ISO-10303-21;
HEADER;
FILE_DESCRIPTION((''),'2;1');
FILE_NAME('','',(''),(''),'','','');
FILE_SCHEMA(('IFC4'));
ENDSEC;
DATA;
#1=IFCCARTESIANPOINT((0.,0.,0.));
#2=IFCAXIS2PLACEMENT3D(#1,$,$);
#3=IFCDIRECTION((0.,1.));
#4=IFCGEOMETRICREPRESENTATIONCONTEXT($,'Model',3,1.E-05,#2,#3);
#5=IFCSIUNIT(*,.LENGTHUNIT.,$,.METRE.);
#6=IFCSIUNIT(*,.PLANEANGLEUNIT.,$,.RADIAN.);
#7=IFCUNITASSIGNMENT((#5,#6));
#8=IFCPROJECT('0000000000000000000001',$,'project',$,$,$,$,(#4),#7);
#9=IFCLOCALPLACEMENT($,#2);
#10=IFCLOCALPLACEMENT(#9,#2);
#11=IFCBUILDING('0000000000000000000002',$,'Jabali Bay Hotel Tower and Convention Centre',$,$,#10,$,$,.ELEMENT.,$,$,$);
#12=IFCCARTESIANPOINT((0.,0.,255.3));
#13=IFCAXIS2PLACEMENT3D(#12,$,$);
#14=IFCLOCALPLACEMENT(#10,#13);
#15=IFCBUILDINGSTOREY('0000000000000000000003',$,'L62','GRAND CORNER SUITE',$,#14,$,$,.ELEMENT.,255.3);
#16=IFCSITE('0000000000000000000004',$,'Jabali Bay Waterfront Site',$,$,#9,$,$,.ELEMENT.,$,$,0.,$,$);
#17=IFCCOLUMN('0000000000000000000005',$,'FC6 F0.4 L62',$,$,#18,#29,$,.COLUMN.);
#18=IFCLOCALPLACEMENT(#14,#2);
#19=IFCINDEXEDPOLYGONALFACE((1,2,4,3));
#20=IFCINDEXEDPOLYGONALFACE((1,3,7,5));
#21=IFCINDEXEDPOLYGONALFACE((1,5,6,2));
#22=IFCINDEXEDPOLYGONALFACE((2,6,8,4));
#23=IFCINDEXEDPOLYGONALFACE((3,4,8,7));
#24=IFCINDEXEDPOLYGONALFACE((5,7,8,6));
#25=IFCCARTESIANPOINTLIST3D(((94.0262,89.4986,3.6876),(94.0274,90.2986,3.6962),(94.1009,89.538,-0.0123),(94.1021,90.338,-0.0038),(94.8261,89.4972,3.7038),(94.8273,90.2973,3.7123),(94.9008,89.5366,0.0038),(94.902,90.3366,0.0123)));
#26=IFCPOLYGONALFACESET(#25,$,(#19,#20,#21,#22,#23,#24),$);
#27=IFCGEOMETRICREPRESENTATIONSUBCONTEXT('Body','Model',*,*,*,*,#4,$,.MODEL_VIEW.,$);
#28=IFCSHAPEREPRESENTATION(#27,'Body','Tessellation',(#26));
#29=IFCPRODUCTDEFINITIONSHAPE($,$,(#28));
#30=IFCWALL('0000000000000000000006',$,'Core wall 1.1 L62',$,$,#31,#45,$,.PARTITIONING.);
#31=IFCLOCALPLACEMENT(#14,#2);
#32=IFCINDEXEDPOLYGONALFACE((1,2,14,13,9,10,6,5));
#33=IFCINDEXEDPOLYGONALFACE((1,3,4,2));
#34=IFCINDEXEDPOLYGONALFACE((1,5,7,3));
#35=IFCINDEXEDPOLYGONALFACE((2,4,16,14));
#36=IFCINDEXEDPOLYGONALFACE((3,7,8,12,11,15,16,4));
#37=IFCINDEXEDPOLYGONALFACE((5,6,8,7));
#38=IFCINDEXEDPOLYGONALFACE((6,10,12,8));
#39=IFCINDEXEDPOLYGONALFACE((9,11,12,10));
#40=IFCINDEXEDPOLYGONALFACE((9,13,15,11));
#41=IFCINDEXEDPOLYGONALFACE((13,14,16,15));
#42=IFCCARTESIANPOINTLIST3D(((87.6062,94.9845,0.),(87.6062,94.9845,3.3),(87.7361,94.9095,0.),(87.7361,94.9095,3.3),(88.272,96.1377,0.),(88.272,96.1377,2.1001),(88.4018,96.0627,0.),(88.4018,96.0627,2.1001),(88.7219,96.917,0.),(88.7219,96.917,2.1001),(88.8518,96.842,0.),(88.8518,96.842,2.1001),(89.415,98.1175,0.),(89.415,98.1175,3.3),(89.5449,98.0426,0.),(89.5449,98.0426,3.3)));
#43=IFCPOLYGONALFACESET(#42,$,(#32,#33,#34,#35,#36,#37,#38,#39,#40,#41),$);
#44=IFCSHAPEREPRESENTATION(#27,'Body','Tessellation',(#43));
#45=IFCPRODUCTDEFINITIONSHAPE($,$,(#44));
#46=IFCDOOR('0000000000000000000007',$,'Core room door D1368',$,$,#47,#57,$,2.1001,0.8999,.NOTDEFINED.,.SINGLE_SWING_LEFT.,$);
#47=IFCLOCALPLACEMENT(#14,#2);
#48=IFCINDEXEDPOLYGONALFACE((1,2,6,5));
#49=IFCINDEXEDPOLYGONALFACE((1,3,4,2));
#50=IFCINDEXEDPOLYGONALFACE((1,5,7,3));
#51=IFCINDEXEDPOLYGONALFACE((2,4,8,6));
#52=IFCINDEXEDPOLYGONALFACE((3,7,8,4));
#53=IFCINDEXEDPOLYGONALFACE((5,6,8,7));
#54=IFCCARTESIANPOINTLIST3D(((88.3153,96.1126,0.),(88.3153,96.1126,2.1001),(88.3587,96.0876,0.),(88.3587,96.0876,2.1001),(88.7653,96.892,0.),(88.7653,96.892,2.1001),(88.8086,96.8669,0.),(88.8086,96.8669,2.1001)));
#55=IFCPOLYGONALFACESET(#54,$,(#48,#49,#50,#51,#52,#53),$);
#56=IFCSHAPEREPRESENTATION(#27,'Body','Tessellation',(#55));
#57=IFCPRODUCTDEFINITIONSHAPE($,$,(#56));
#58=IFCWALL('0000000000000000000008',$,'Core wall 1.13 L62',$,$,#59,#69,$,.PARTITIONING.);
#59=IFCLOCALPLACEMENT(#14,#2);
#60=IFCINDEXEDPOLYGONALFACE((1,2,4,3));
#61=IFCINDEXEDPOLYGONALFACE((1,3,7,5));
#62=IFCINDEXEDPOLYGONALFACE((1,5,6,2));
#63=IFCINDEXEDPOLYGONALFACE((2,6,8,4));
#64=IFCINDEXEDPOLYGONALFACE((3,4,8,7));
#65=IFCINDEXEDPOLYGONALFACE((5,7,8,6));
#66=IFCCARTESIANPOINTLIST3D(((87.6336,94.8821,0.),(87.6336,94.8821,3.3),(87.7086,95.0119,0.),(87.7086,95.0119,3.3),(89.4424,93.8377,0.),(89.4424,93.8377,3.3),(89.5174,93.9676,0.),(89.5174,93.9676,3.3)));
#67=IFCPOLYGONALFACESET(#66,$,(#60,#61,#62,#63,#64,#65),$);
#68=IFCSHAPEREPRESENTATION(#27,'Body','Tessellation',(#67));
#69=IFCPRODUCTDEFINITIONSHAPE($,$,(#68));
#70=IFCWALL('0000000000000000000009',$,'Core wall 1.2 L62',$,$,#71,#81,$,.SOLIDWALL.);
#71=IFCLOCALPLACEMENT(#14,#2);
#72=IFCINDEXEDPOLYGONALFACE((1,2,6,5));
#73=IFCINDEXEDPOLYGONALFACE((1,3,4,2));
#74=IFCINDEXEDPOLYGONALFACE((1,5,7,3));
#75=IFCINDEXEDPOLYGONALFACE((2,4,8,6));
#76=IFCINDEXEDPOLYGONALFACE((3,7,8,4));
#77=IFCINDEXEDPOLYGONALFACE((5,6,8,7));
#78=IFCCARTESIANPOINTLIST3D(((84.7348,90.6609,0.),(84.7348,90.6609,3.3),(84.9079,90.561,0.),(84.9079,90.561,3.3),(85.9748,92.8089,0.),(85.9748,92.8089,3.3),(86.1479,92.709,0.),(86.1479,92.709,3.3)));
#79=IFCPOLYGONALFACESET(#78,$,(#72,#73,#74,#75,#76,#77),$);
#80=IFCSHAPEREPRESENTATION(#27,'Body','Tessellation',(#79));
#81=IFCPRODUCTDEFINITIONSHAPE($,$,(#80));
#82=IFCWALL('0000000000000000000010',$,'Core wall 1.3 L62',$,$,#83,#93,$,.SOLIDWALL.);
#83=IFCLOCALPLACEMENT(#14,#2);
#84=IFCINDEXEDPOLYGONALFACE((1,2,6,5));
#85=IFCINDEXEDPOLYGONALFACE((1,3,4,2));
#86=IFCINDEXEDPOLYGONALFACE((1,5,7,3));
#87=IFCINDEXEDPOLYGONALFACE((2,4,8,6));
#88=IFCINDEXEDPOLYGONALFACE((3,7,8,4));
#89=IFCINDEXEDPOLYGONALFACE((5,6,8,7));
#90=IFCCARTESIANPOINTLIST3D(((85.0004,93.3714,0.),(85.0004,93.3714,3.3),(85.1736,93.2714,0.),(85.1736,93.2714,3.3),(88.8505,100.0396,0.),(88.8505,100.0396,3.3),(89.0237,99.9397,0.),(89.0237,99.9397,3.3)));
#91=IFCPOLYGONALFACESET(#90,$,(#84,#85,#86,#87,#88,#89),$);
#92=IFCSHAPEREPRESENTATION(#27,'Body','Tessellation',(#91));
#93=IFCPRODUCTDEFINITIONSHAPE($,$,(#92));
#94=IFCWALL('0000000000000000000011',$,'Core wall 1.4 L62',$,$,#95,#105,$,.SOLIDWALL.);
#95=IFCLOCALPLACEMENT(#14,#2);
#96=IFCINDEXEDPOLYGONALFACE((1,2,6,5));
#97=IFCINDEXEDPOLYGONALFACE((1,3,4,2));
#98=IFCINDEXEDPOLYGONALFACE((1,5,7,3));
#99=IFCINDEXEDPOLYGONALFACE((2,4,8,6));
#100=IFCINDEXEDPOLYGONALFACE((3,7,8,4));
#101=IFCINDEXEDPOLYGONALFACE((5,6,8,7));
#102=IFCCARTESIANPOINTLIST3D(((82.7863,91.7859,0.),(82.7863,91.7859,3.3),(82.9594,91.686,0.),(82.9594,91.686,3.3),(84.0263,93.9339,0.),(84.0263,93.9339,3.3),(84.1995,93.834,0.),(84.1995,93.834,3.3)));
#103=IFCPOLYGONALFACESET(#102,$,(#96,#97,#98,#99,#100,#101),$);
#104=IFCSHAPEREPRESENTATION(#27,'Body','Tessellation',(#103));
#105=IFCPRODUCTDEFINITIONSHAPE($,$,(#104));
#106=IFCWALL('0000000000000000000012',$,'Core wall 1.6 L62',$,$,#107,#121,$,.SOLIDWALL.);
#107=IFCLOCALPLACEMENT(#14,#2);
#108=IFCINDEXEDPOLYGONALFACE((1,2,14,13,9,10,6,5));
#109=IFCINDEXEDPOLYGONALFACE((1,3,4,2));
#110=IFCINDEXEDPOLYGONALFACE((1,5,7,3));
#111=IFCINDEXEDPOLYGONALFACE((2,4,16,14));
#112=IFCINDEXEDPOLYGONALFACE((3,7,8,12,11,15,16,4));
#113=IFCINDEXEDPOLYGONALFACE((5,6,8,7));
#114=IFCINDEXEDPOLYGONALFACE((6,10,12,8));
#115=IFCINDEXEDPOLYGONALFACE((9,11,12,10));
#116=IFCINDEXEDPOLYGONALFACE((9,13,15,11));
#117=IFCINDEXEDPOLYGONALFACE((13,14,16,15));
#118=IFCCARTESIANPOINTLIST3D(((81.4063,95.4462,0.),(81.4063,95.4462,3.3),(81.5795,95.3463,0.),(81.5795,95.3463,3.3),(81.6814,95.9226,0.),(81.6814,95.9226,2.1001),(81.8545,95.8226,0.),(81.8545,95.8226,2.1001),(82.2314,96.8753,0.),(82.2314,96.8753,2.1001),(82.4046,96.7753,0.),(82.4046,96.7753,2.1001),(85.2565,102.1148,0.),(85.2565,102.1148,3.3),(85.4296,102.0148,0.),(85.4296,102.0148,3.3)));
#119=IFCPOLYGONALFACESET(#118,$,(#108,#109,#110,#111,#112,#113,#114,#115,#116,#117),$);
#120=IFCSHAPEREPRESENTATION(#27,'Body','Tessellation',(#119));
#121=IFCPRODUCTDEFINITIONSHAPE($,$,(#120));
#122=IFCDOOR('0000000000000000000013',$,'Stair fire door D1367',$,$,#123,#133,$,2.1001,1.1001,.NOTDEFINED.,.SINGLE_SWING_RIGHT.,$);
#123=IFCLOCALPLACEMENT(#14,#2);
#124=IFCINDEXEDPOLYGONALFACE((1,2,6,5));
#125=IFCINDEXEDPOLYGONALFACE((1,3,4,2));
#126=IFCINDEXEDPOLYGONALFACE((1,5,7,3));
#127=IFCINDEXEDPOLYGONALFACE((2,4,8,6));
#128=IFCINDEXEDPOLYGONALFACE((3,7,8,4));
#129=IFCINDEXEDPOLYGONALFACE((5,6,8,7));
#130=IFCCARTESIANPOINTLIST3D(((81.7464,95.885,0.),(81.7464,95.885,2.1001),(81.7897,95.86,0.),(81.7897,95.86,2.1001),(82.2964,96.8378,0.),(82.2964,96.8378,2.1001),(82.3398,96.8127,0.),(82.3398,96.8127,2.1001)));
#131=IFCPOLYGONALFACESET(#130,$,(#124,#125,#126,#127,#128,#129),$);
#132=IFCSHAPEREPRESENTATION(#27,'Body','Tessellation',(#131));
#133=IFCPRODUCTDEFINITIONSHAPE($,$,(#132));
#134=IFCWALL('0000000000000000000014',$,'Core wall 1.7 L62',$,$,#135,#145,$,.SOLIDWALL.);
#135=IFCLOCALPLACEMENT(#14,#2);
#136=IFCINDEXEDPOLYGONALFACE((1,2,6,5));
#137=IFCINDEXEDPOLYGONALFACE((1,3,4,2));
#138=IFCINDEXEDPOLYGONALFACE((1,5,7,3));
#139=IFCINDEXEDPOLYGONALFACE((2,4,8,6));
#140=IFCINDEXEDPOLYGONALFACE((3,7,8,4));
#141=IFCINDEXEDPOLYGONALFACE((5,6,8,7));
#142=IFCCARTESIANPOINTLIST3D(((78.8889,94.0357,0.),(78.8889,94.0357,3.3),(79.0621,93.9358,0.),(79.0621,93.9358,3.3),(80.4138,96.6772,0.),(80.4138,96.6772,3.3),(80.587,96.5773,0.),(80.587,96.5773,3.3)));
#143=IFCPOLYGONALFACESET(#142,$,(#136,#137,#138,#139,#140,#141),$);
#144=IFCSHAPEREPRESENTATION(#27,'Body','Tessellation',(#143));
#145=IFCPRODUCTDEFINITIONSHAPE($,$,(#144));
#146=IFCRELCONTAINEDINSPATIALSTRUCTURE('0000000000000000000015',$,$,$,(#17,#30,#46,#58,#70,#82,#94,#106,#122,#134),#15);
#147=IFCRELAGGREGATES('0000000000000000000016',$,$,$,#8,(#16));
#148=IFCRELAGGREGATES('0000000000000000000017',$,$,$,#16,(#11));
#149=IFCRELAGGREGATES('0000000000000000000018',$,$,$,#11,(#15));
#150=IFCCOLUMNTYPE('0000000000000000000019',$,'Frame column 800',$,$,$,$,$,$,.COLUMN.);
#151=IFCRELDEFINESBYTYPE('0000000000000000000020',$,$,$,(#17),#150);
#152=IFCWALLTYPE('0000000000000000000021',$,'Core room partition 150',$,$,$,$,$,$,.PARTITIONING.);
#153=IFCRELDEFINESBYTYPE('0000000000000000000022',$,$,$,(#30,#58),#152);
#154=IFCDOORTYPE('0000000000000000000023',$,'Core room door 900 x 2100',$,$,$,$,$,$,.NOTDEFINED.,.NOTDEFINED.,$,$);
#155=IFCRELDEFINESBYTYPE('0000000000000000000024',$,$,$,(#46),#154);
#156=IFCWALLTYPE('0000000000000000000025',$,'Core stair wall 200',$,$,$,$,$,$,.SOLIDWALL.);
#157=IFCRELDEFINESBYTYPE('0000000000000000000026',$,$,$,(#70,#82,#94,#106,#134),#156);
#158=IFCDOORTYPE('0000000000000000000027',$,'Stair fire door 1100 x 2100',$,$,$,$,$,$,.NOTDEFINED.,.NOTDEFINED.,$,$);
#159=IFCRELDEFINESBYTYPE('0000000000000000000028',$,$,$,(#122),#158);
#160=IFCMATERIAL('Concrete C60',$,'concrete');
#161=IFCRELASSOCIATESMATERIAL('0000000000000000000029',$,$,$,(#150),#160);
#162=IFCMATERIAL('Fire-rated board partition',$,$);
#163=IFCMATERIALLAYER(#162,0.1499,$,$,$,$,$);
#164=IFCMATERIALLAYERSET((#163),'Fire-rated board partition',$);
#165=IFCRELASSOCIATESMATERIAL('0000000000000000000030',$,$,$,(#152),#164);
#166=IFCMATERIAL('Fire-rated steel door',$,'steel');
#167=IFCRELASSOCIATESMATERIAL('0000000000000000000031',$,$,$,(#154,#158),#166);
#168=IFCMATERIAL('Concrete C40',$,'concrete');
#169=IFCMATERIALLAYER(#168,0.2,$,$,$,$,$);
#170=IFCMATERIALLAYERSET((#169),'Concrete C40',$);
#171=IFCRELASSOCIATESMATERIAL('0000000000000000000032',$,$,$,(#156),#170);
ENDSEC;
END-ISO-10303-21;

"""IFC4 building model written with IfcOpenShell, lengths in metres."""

from ifc_helpers import new_model, si_unit, direction, frame, frame_2d, origin, origin_2d, place, context, subcontext, project, spatial, rectangle, extrude, material, layer, layer_set, material_profile, profile_set, type_object, element, fill, save


model = new_model("IFC4")

# Units and contexts
model_context = context("Model", 3, precision=1e-05, world=origin(), true_north=direction((0.0, 1.0)))
body_context = subcontext(model_context, "Body", "Model", "MODEL_VIEW")
ifc_project = project(units=[si_unit("LENGTHUNIT", "METRE"), si_unit("PLANEANGLEUNIT", "RADIAN")], contexts=[model_context])

# Site, building, storey
site_placement = place(None, origin())
site = spatial("IfcSite", under=ifc_project, at=site_placement, Name="Jabali Bay Waterfront Site", CompositionType="ELEMENT", RefElevation=0.0)
building_placement = place(site_placement, origin())
building = spatial("IfcBuilding", under=site, at=building_placement, Name="Jabali Bay Hotel Tower and Convention Centre", CompositionType="ELEMENT")
storey_placement = place(building_placement, frame((0.0, 0.0, 255.3)))
storey = spatial("IfcBuildingStorey", under=building, at=storey_placement, Name="L62", Description="GRAND CORNER SUITE", CompositionType="ELEMENT", Elevation=255.3)

# Column
ifc_material_1 = material(Name="Concrete C60", Category="concrete")
ifc_material_profile = material_profile(ifc_material_1, rectangle(XDim=0.8, YDim=0.8, at=origin_2d()), Name="Frame column 800")
ifc_profile_set = profile_set([ifc_material_profile], Name="Concrete C60")
column_type = type_object("IfcColumnType", Name="Frame column 800", PredefinedType="COLUMN", material=ifc_profile_set)
column_placement = place(storey_placement, frame((94.5015, 89.9373, 0.0), z_axis=(-0.020186, -0.010621, 0.99974), x_axis=(0.999795, -0.001747, 0.020169)))
element("IfcColumn", 1, at=column_placement, inside=storey, type_object=column_type, Name="FC6 F0.4 L62", PredefinedType="COLUMN", context=body_context, shape_type="SweptSolid", body=[
    extrude(rectangle(XDim=0.8, YDim=0.8, at=origin_2d()), origin(), (0.0, 0.0, 1.0), 3.7009),
])

# Wall, opening, door
ifc_material_2 = material(Name="Fire-rated board partition")
ifc_layer_1 = layer(ifc_material_2, 0.1499)
ifc_layer_set_1 = layer_set([ifc_layer_1], Name="Fire-rated board partition")
wall_type_1 = type_object("IfcWallType", Name="Core room partition 150", PredefinedType="PARTITIONING", material=ifc_layer_set_1)
wall_1_placement = place(storey_placement, frame((87.6711, 94.947, 0.0), z_axis=(0.0, 0.0, 1.0), x_axis=(0.499993, 0.866029, 0.0)))
wall_1 = element("IfcWall", 2, at=wall_1_placement, inside=storey, type_object=wall_type_1, Name="Core wall 1.1 L62", PredefinedType="PARTITIONING", context=body_context, shape_type="SweptSolid", body=[
    extrude(rectangle(XDim=3.6177, YDim=0.1499, at=frame_2d((1.8088, 0.0))), origin(), (0.0, 0.0, 1.0), 3.3),
])
opening_1_placement = place(wall_1_placement, frame((1.3315, 0.0, 0.0)))
opening_1 = element("IfcOpeningElement", 3, at=opening_1_placement, cuts=wall_1, PredefinedType="OPENING", context=body_context, shape_type="SweptSolid", body=[
    extrude(rectangle(XDim=0.8999, YDim=2.1001, at=frame_2d((0.45, 1.05))), frame((0.0, 0.0854, 0.0), z_axis=(0.0, -1.0, 0.0), x_axis=(1.0, 0.0, 0.0)), (0.0, 0.0, 1.0), 0.1709),
])
ifc_material_3 = material(Name="Fire-rated steel door", Category="steel")
door_type_1 = type_object("IfcDoorType", Name="Core room door 900 x 2100", OperationType="NOTDEFINED", PredefinedType="NOTDEFINED", material=ifc_material_3)
door_1_placement = place(opening_1_placement, origin())
door_1 = element("IfcDoor", 4, at=door_1_placement, inside=storey, type_object=door_type_1, Name="Core room door D1368", OperationType="SINGLE_SWING_LEFT", OverallHeight=2.1001, OverallWidth=0.8999, PredefinedType="NOTDEFINED", context=body_context, shape_type="SweptSolid", body=[
    extrude(rectangle(XDim=0.8999, YDim=2.1001, at=frame_2d((0.45, 1.05))), frame((0.0, 0.0249, 0.0), z_axis=(0.0, -1.0, 0.0), x_axis=(1.0, 0.0, 0.0)), (0.0, 0.0, 1.0), 0.05),
])
fill(opening_1, door_1)

# Walls
wall_2_placement = place(storey_placement, frame((89.48, 93.9026, 0.0), z_axis=(0.0, 0.0, 1.0), x_axis=(-0.866005, 0.500036, 0.0)))
element("IfcWall", 5, at=wall_2_placement, inside=storey, type_object=wall_type_1, Name="Core wall 1.13 L62", PredefinedType="PARTITIONING", context=body_context, shape_type="SweptSolid", body=[
    extrude(rectangle(XDim=2.0886, YDim=0.1499, at=frame_2d((1.0444, 0.0))), origin(), (0.0, 0.0, 1.0), 3.3),
])
ifc_material_4 = material(Name="Concrete C40", Category="concrete")
ifc_layer_2 = layer(ifc_material_4, 0.2)
ifc_layer_set_2 = layer_set([ifc_layer_2], Name="Concrete C40")
wall_type_2 = type_object("IfcWallType", Name="Core stair wall 200", PredefinedType="SOLIDWALL", material=ifc_layer_set_2)
wall_3_placement = place(storey_placement, frame((84.8213, 90.6108, 0.0), z_axis=(0.0, 0.0, 1.0), x_axis=(0.499961, 0.866048, 0.0)))
element("IfcWall", 6, at=wall_3_placement, inside=storey, type_object=wall_type_2, Name="Core wall 1.2 L62", PredefinedType="SOLIDWALL", context=body_context, shape_type="SweptSolid", body=[
    extrude(rectangle(XDim=2.4802, YDim=0.2, at=frame_2d((1.2402, 0.0))), origin(), (0.0, 0.0, 1.0), 3.3),
])
wall_4_placement = place(storey_placement, frame((85.0869, 93.3213, 0.0), z_axis=(0.0, 0.0, 1.0), x_axis=(0.50002, 0.866014, 0.0)))
element("IfcWall", 7, at=wall_4_placement, inside=storey, type_object=wall_type_2, Name="Core wall 1.3 L62", PredefinedType="SOLIDWALL", context=body_context, shape_type="SweptSolid", body=[
    extrude(rectangle(XDim=7.7, YDim=0.2, at=frame_2d((3.8501, 0.0))), origin(), (0.0, 0.0, 1.0), 3.3),
])
wall_5_placement = place(storey_placement, frame((82.8728, 91.7358, 0.0), z_axis=(0.0, 0.0, 1.0), x_axis=(0.499961, 0.866048, 0.0)))
element("IfcWall", 8, at=wall_5_placement, inside=storey, type_object=wall_type_2, Name="Core wall 1.4 L62", PredefinedType="SOLIDWALL", context=body_context, shape_type="SweptSolid", body=[
    extrude(rectangle(XDim=2.4802, YDim=0.2, at=frame_2d((1.2402, 0.0))), origin(), (0.0, 0.0, 1.0), 3.3),
])

# Wall, opening, door
wall_6_placement = place(storey_placement, frame((81.4929, 95.3962, 0.0), z_axis=(0.0, 0.0, 1.0), x_axis=(0.500006, 0.866022, 0.0)))
wall_6 = element("IfcWall", 9, at=wall_6_placement, inside=storey, type_object=wall_type_2, Name="Core wall 1.6 L62", PredefinedType="SOLIDWALL", context=body_context, shape_type="SweptSolid", body=[
    extrude(rectangle(XDim=7.7002, YDim=0.2, at=frame_2d((3.8501, 0.0))), origin(), (0.0, 0.0, 1.0), 3.3),
])
opening_2_placement = place(wall_6_placement, frame((0.55, 0.0, 0.0)))
opening_2 = element("IfcOpeningElement", 10, at=opening_2_placement, cuts=wall_6, PredefinedType="OPENING", context=body_context, shape_type="SweptSolid", body=[
    extrude(rectangle(XDim=1.1001, YDim=2.1001, at=frame_2d((0.55, 1.05))), frame((0.0, 0.1104, 0.0), z_axis=(0.0, -1.0, 0.0), x_axis=(1.0, 0.0, 0.0)), (0.0, 0.0, 1.0), 0.2209),
])
door_type_2 = type_object("IfcDoorType", Name="Stair fire door 1100 x 2100", OperationType="NOTDEFINED", PredefinedType="NOTDEFINED", material=ifc_material_3)
door_2_placement = place(opening_2_placement, origin())
door_2 = element("IfcDoor", 11, at=door_2_placement, inside=storey, type_object=door_type_2, Name="Stair fire door D1367", OperationType="SINGLE_SWING_RIGHT", OverallHeight=2.1001, OverallWidth=1.1001, PredefinedType="NOTDEFINED", context=body_context, shape_type="SweptSolid", body=[
    extrude(rectangle(XDim=1.1001, YDim=2.1001, at=frame_2d((0.55, 1.05))), frame((0.0, 0.0249, 0.0), z_axis=(0.0, -1.0, 0.0), x_axis=(1.0, 0.0, 0.0)), (0.0, 0.0, 1.0), 0.05),
])
fill(opening_2, door_2)

# Wall
wall_7_placement = place(storey_placement, frame((78.9756, 93.9858, 0.0), z_axis=(0.0, 0.0, 1.0), x_axis=(0.499944, 0.866058, 0.0)))
element("IfcWall", 12, at=wall_7_placement, inside=storey, type_object=wall_type_2, Name="Core wall 1.7 L62", PredefinedType="SOLIDWALL", context=body_context, shape_type="SweptSolid", body=[
    extrude(rectangle(XDim=3.05, YDim=0.2, at=frame_2d((1.5249, 0.0))), origin(), (0.0, 0.0, 1.0), 3.3),
])

save(model, "model.ifc")
